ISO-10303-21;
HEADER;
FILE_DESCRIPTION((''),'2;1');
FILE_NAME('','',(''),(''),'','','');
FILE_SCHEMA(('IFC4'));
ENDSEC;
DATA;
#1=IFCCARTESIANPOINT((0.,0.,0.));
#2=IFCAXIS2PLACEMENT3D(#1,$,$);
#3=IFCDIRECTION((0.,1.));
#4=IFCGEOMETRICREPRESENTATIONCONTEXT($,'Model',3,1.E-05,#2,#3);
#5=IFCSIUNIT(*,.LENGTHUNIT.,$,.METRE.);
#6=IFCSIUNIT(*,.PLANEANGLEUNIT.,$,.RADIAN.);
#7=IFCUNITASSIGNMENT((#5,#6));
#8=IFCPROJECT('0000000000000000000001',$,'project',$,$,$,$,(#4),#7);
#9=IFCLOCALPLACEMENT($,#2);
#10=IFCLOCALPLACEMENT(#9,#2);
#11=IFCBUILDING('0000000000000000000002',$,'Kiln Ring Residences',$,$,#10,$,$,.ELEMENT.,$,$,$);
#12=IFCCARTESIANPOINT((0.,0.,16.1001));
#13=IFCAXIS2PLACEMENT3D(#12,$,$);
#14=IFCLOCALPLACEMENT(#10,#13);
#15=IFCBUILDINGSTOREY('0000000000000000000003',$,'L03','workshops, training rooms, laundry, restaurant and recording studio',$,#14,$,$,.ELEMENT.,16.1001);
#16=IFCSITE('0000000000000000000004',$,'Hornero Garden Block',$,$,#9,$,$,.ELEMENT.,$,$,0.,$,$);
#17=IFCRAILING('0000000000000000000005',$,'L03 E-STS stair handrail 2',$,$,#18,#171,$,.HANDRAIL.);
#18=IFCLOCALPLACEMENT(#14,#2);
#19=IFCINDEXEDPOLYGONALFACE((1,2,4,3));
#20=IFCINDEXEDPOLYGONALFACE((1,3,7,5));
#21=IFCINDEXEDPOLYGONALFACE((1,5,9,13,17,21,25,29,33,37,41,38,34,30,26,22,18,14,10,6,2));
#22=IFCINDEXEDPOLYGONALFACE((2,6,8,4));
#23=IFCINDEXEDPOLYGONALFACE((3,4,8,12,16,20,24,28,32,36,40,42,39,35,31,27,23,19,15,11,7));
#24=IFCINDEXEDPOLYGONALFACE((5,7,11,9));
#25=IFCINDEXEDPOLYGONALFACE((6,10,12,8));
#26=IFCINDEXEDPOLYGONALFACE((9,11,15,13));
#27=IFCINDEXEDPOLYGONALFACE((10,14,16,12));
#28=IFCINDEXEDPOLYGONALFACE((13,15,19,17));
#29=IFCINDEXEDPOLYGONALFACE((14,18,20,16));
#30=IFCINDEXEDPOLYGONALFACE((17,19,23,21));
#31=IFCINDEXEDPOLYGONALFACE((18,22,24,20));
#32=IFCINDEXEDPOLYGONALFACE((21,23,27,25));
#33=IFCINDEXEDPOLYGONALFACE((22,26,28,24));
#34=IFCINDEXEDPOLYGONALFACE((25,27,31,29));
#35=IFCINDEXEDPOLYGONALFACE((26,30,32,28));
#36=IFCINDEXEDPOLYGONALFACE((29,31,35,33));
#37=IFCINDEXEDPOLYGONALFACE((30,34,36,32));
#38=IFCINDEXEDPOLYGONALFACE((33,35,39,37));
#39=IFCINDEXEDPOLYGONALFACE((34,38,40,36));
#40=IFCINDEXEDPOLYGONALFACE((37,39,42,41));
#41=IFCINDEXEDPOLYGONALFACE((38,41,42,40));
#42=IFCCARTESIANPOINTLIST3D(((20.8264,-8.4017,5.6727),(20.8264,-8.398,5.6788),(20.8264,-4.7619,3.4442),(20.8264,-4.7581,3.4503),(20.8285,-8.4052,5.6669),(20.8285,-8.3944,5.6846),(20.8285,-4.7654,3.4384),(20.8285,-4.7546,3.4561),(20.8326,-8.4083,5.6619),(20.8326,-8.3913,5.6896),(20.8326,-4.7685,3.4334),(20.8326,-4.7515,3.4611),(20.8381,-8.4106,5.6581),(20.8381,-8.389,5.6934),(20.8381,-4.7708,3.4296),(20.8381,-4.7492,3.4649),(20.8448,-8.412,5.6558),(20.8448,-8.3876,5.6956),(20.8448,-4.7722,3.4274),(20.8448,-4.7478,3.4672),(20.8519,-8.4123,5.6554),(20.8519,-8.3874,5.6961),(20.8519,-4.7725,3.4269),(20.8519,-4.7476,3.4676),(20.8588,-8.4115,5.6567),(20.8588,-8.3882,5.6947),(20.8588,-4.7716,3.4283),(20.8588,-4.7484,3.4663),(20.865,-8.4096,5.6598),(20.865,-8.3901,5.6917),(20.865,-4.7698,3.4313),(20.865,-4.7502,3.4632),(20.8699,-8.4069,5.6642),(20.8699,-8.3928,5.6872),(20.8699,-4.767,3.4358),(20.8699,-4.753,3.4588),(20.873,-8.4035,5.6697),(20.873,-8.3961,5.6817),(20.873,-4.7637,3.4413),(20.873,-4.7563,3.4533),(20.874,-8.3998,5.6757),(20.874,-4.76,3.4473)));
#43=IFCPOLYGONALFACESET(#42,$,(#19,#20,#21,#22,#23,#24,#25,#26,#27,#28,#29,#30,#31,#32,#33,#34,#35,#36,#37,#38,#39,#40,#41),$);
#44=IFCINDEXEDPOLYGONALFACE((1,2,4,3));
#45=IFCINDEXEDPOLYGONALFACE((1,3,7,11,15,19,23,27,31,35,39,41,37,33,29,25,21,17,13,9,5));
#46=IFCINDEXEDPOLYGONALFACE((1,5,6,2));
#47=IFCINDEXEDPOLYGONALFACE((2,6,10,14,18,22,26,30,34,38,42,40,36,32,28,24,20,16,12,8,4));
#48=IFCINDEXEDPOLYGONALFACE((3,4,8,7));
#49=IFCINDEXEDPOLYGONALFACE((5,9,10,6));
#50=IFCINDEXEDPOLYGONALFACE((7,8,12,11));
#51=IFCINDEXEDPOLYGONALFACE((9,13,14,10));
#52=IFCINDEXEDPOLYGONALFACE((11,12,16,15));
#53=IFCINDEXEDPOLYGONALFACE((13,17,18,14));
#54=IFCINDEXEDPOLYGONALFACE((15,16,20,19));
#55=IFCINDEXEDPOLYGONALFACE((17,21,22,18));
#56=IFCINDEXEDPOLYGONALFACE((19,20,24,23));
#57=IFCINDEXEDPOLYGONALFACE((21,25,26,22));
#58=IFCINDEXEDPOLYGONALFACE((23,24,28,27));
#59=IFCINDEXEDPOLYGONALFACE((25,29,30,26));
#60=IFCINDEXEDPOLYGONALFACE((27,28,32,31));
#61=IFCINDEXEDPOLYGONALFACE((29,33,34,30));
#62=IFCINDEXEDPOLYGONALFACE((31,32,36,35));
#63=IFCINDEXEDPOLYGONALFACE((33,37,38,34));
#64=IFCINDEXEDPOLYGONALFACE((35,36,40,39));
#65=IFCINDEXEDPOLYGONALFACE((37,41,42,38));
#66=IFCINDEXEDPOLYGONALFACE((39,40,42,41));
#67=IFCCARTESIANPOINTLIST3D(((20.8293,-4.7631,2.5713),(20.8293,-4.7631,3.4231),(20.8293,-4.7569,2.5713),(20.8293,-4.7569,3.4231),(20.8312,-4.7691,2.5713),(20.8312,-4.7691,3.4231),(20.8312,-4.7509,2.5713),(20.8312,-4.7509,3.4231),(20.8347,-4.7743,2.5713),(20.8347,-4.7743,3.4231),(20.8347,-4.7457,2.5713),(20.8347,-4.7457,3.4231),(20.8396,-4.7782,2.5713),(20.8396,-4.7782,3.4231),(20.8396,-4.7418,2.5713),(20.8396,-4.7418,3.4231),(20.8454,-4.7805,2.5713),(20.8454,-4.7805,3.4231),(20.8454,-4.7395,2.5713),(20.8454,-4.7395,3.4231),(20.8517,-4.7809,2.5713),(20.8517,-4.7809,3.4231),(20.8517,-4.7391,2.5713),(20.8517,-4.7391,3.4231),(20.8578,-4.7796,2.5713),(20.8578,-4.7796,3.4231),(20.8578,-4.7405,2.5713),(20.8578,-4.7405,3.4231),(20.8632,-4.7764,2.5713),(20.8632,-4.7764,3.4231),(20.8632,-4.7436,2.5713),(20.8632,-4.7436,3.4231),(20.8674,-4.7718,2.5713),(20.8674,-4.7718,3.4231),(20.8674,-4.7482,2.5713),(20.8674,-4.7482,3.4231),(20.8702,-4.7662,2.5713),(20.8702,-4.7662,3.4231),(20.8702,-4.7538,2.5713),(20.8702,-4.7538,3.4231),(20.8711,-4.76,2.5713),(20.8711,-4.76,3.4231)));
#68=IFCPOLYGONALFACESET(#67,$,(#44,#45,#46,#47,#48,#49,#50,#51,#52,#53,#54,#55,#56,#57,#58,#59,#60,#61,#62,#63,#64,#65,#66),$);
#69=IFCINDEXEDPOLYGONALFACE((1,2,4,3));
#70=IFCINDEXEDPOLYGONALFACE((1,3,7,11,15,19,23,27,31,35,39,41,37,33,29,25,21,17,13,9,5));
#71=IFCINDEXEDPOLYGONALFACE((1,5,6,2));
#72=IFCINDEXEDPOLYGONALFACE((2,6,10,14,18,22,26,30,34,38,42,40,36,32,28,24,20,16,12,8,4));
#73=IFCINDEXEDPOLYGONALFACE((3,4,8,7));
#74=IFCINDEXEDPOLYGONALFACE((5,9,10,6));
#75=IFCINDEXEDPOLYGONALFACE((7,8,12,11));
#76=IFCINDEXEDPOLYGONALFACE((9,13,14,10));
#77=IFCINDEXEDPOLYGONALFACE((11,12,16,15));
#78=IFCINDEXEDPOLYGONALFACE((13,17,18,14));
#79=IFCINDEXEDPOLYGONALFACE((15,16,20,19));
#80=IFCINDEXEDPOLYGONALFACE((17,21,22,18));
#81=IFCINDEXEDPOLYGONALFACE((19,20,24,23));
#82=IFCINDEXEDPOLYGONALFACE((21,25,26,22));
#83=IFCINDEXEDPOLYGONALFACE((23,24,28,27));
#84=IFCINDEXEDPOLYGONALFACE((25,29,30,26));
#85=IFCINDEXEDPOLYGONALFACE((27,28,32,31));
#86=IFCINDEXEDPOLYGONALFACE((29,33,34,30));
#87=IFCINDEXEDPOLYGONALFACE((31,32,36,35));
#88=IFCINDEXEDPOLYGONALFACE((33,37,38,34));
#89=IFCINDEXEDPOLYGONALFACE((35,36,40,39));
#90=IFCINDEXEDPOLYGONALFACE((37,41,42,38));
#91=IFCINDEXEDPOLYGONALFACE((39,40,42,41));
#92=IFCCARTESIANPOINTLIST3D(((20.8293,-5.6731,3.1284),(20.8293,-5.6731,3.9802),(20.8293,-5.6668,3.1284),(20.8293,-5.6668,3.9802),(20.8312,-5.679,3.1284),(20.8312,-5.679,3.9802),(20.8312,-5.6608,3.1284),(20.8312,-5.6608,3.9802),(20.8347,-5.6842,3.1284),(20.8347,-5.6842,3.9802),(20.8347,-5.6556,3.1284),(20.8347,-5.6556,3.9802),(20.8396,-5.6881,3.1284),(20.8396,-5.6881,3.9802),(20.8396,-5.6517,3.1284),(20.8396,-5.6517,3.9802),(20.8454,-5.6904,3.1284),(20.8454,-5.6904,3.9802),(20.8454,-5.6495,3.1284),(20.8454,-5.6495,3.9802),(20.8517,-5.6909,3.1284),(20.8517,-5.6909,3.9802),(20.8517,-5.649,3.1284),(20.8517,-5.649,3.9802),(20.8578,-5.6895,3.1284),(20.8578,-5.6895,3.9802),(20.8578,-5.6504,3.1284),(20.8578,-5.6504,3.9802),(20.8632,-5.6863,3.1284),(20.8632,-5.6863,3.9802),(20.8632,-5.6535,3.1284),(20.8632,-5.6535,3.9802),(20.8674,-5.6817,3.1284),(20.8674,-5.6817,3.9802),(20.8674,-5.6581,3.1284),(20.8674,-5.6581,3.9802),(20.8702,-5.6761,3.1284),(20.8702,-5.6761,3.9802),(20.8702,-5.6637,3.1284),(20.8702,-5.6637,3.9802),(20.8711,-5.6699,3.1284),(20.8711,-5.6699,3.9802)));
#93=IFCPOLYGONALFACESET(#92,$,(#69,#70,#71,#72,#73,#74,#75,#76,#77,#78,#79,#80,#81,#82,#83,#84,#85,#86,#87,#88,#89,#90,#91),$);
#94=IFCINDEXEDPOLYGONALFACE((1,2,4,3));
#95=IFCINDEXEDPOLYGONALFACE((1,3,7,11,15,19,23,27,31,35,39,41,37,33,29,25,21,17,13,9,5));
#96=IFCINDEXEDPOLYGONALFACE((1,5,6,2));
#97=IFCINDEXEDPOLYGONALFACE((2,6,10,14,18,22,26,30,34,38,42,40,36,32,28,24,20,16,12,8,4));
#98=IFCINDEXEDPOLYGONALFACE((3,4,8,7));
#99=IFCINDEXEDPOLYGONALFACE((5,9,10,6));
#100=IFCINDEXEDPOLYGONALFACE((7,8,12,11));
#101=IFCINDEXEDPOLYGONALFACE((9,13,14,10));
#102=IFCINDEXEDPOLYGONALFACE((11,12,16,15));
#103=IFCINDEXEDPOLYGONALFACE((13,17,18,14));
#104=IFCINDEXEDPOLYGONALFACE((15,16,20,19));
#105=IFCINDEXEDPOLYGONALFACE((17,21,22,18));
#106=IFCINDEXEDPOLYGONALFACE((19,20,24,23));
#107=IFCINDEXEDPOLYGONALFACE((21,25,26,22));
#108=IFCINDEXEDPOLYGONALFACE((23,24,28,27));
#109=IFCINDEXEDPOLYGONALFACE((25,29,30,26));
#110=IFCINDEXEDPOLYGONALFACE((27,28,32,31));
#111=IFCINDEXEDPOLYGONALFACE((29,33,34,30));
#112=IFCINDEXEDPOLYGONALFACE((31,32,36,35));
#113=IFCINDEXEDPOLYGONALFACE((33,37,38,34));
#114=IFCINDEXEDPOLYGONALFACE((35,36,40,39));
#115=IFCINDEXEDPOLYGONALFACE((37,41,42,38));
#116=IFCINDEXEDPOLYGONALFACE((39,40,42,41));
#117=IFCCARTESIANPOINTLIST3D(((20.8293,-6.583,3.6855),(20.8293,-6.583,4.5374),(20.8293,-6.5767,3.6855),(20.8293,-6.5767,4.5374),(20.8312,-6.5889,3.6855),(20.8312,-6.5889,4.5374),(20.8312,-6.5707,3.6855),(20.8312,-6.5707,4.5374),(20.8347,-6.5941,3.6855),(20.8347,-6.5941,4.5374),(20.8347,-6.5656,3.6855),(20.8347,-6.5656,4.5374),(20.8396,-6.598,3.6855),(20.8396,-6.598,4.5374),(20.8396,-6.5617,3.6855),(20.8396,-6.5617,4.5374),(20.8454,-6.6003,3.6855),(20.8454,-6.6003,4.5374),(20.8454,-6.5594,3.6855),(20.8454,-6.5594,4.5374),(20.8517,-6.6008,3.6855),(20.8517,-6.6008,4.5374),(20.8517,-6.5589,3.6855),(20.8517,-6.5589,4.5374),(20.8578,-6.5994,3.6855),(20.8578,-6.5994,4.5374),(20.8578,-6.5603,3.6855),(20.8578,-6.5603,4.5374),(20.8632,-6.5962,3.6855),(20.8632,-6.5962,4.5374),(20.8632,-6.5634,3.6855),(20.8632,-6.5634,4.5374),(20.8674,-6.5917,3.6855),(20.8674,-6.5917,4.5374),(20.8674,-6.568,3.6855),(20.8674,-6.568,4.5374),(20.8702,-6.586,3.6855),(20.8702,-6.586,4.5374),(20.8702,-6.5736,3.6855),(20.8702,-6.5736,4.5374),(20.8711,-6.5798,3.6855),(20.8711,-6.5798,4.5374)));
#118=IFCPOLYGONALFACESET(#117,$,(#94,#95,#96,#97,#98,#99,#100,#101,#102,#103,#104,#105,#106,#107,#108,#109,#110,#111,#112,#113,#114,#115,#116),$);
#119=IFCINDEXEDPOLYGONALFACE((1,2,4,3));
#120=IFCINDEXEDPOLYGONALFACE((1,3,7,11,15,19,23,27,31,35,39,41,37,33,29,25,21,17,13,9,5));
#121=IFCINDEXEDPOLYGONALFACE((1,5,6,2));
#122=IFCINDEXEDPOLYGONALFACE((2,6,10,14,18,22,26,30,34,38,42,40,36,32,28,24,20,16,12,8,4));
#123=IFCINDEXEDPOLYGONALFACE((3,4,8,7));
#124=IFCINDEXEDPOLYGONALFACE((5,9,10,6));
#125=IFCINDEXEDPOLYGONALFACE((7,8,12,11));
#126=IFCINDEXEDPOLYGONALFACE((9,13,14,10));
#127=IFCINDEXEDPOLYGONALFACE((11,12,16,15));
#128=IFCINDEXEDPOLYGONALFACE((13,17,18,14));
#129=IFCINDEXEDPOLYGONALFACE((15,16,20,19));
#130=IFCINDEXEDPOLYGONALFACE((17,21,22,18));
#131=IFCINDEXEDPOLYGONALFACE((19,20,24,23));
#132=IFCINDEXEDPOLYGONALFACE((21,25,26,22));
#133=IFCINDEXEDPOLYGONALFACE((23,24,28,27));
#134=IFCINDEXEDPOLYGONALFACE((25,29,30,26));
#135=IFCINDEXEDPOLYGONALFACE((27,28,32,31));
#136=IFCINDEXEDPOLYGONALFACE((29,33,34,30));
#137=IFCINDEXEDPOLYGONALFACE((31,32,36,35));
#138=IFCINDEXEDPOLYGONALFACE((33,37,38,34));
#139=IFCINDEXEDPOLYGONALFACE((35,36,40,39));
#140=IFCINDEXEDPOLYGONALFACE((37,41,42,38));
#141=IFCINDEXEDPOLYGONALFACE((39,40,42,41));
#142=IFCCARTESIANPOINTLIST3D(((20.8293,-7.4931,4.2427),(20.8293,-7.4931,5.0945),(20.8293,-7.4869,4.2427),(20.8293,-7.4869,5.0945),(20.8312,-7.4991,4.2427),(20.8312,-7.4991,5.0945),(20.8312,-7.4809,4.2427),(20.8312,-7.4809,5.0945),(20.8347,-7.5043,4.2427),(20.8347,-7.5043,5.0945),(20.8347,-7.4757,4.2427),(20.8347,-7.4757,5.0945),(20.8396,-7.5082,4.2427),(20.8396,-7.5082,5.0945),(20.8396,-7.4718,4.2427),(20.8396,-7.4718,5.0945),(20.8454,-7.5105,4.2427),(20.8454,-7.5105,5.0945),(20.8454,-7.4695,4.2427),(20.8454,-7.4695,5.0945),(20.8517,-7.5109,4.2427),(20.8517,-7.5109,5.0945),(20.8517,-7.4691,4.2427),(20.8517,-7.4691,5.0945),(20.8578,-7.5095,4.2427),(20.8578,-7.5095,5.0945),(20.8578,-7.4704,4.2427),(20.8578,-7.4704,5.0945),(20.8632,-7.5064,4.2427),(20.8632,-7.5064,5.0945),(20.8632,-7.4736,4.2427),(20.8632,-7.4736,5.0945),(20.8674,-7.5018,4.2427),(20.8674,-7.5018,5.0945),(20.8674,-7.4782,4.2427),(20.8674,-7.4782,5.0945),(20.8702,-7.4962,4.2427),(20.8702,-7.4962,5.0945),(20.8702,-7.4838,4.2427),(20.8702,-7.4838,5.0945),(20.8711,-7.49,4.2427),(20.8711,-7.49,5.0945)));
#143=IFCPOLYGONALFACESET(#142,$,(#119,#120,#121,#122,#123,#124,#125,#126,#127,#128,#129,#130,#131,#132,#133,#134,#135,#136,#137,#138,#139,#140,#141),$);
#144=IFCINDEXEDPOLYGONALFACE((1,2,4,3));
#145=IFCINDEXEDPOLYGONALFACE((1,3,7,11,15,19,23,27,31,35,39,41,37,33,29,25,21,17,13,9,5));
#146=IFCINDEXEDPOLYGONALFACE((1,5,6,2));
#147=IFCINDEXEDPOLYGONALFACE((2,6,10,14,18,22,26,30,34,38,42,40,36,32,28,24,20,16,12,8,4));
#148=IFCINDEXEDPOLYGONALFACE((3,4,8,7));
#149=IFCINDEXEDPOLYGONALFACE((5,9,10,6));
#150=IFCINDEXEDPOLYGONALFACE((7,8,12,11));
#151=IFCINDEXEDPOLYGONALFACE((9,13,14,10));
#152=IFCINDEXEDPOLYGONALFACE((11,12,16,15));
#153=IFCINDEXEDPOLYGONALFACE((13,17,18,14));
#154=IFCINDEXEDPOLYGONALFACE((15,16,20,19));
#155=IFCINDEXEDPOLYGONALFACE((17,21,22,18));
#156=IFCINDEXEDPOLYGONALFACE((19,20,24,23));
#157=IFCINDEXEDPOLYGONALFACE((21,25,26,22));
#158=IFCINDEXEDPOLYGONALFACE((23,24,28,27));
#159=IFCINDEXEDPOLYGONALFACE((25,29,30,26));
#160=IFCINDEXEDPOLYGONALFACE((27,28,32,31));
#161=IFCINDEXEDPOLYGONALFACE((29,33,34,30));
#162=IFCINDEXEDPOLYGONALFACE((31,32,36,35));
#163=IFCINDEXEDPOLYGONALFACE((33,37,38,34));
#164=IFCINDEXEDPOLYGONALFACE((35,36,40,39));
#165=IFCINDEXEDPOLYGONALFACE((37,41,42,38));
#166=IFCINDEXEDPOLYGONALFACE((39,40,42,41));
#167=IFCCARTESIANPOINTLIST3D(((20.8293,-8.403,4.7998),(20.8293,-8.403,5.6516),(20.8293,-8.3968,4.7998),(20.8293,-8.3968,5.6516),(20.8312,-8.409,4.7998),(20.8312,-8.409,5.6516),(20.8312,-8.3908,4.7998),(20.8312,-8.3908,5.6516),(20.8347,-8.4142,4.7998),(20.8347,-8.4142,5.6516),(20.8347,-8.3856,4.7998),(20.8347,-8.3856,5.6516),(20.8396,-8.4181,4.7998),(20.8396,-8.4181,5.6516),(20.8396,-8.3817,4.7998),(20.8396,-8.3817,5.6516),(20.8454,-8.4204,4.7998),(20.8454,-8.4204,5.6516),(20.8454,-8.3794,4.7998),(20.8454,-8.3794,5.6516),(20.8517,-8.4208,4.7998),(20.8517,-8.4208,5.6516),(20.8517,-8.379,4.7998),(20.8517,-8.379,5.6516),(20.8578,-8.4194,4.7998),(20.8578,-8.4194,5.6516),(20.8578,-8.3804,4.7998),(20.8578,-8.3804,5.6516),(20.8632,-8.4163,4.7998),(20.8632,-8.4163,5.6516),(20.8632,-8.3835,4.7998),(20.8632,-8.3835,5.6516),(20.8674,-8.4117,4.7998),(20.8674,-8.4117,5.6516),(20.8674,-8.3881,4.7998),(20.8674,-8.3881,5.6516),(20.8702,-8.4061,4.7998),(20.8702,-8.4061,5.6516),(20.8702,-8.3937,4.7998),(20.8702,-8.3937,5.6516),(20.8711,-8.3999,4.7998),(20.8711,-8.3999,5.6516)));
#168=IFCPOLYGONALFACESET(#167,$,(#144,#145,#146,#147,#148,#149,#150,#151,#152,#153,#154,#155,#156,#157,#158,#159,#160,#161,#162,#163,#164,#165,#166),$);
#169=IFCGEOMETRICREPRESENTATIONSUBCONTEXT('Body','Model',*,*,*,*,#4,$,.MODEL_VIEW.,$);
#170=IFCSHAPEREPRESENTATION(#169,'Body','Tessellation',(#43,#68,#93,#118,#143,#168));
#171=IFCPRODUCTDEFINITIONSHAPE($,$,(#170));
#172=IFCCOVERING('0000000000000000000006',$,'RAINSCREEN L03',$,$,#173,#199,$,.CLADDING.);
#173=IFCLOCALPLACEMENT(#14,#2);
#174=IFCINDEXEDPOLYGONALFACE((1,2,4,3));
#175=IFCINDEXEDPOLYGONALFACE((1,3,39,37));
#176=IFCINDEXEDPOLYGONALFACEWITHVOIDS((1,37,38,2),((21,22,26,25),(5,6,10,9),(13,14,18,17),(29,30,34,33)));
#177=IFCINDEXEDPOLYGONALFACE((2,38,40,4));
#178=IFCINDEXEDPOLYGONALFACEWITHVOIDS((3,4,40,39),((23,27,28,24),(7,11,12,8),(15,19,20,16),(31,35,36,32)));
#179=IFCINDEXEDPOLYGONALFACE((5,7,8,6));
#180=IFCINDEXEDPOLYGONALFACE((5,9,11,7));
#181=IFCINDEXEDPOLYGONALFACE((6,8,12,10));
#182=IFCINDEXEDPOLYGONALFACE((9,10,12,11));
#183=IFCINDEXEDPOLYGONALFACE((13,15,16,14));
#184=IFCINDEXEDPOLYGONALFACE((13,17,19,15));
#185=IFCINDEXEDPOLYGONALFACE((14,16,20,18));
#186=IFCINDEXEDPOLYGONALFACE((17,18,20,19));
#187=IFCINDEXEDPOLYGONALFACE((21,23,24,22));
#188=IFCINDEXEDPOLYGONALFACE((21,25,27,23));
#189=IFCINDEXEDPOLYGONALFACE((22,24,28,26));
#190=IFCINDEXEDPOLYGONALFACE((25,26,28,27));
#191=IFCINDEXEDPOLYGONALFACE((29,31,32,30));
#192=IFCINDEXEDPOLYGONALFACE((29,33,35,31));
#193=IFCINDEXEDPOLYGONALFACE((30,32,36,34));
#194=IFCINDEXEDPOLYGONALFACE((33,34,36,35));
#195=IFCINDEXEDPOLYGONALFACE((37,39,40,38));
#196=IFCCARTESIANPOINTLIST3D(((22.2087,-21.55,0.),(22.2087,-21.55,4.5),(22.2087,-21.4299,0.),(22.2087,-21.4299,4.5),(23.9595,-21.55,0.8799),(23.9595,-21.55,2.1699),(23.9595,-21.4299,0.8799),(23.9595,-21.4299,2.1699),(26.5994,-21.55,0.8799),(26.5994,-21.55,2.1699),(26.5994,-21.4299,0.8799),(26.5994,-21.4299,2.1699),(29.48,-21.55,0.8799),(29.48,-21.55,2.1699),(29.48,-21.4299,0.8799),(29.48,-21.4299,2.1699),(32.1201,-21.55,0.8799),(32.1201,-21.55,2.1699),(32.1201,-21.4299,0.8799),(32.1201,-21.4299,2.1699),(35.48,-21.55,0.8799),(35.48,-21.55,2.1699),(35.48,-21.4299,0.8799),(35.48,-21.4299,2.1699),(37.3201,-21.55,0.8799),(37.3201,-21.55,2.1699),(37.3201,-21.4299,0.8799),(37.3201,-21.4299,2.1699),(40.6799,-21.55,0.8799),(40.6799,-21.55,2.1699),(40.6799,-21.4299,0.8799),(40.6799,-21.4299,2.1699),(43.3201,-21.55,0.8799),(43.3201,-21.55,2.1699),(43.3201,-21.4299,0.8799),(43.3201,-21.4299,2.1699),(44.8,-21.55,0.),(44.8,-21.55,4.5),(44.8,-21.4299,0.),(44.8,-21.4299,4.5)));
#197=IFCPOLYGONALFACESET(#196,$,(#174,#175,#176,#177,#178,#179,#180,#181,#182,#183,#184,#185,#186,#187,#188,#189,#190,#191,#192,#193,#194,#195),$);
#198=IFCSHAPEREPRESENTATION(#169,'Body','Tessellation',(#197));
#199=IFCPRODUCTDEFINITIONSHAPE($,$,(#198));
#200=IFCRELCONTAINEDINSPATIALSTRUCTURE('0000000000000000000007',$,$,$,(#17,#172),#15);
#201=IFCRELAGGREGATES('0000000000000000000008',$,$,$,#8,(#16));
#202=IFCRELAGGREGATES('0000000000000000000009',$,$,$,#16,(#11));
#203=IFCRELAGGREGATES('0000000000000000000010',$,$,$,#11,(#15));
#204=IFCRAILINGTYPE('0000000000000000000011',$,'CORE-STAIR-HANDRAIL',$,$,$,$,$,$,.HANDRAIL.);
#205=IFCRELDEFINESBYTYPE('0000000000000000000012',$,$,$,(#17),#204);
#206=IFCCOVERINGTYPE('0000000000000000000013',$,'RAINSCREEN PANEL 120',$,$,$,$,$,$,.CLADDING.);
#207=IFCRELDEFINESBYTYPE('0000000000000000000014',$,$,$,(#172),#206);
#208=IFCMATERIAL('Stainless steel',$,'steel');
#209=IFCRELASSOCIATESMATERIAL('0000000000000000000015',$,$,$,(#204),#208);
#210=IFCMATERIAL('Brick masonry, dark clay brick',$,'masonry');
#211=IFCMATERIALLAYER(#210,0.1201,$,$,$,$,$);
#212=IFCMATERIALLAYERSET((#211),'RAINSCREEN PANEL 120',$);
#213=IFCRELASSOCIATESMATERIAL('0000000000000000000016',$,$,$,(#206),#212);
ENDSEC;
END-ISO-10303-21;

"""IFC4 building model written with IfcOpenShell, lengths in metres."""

from ifc_helpers import new_model, si_unit, direction, frame, origin, origin_2d, place, context, subcontext, project, spatial, polyline, circle, outline, extrude, material, layer, layer_set, type_object, element, save


model = new_model("IFC4")

# Units and contexts
model_context = context("Model", 3, precision=1e-05, world=origin(), true_north=direction((0.0, 1.0)))
body_context = subcontext(model_context, "Body", "Model", "MODEL_VIEW")
ifc_project = project(units=[si_unit("LENGTHUNIT", "METRE"), si_unit("PLANEANGLEUNIT", "RADIAN")], contexts=[model_context])

# Site, building, storey
site_placement = place(None, origin())
site = spatial("IfcSite", under=ifc_project, at=site_placement, Name="Hornero Garden Block", CompositionType="ELEMENT", RefElevation=0.0)
building_placement = place(site_placement, origin())
building = spatial("IfcBuilding", under=site, at=building_placement, Name="Kiln Ring Residences", CompositionType="ELEMENT")
storey_placement = place(building_placement, frame((0.0, 0.0, 16.1001)))
storey = spatial("IfcBuildingStorey", under=building, at=storey_placement, Name="L03", Description="workshops, training rooms, laundry, restaurant and recording studio", CompositionType="ELEMENT", Elevation=16.1001)

# Railing
ifc_material_1 = material(Name="Stainless steel", Category="steel")
railing_type_1 = type_object("IfcRailingType", Name="CORE-STAIR-HANDRAIL", PredefinedType="HANDRAIL", material=ifc_material_1)
railing_1_placement = place(storey_placement, frame((20.8501, -4.76, 2.5713)))
element("IfcRailing", 1, at=railing_1_placement, inside=storey, type_object=railing_type_1, Name="L03 E-STS stair handrail 2", PredefinedType="HANDRAIL", context=body_context, shape_type="SweptSolid", body=[
    extrude(circle(Radius=0.0239, at=origin_2d()), frame((0.0, 0.0, 0.876), z_axis=(0.0, -0.85285, 0.522156), x_axis=(1.0, 0.0, 0.0)), (0.0, 0.0, 1.0), 4.2678),
    extrude(circle(Radius=0.021, at=origin_2d()), origin(), (0.0, 0.0, 1.0), 0.8518),
    extrude(circle(Radius=0.021, at=origin_2d()), frame((0.0, -0.9099, 0.5571)), (0.0, 0.0, 1.0), 0.8518),
    extrude(circle(Radius=0.021, at=origin_2d()), frame((0.0, -1.8198, 1.1143)), (0.0, 0.0, 1.0), 0.8518),
    extrude(circle(Radius=0.021, at=origin_2d()), frame((0.0, -2.73, 1.6714)), (0.0, 0.0, 1.0), 0.8518),
    extrude(circle(Radius=0.021, at=origin_2d()), frame((0.0, -3.6399, 2.2285)), (0.0, 0.0, 1.0), 0.8518),
])

# Covering
ifc_material_2 = material(Name="Brick masonry, dark clay brick", Category="masonry")
ifc_layer_1 = layer(ifc_material_2, 0.1201)
ifc_layer_set_1 = layer_set([ifc_layer_1], Name="RAINSCREEN PANEL 120")
covering_type = type_object("IfcCoveringType", Name="RAINSCREEN PANEL 120", PredefinedType="CLADDING", material=ifc_layer_set_1)
covering_1_placement = place(storey_placement, frame((44.8, -21.49, 0.0), z_axis=(0.0, 0.0, 1.0), x_axis=(-1.0, 0.0, 0.0)))
element("IfcCovering", 2, at=covering_1_placement, inside=storey, type_object=covering_type, Name="RAINSCREEN L03", PredefinedType="CLADDING", context=body_context, shape_type="SweptSolid", body=[
    extrude(outline(polyline([(0.0, 0.0), (22.5913, 0.0), (22.5913, 4.5), (0.0, 4.5), (0.0, 0.0)]), holes=[polyline([(4.1201, 0.8799), (4.1201, 2.1699), (1.48, 2.1699), (1.48, 0.8799), (4.1201, 0.8799)]), polyline([(9.3201, 0.8799), (9.3201, 2.1699), (7.48, 2.1699), (7.48, 0.8799), (9.3201, 0.8799)]), polyline([(15.3201, 0.8799), (15.3201, 2.1699), (12.6799, 2.1699), (12.6799, 0.8799), (15.3201, 0.8799)]), polyline([(20.8406, 0.8799), (20.8406, 2.1699), (18.2007, 2.1699), (18.2007, 0.8799), (20.8406, 0.8799)])]), frame((0.0, 0.0601, 0.0), z_axis=(0.0, -1.0, 0.0), x_axis=(1.0, 0.0, 0.0)), (0.0, 0.0, 1.0), 0.1201),
])

save(model, "model.ifc")
